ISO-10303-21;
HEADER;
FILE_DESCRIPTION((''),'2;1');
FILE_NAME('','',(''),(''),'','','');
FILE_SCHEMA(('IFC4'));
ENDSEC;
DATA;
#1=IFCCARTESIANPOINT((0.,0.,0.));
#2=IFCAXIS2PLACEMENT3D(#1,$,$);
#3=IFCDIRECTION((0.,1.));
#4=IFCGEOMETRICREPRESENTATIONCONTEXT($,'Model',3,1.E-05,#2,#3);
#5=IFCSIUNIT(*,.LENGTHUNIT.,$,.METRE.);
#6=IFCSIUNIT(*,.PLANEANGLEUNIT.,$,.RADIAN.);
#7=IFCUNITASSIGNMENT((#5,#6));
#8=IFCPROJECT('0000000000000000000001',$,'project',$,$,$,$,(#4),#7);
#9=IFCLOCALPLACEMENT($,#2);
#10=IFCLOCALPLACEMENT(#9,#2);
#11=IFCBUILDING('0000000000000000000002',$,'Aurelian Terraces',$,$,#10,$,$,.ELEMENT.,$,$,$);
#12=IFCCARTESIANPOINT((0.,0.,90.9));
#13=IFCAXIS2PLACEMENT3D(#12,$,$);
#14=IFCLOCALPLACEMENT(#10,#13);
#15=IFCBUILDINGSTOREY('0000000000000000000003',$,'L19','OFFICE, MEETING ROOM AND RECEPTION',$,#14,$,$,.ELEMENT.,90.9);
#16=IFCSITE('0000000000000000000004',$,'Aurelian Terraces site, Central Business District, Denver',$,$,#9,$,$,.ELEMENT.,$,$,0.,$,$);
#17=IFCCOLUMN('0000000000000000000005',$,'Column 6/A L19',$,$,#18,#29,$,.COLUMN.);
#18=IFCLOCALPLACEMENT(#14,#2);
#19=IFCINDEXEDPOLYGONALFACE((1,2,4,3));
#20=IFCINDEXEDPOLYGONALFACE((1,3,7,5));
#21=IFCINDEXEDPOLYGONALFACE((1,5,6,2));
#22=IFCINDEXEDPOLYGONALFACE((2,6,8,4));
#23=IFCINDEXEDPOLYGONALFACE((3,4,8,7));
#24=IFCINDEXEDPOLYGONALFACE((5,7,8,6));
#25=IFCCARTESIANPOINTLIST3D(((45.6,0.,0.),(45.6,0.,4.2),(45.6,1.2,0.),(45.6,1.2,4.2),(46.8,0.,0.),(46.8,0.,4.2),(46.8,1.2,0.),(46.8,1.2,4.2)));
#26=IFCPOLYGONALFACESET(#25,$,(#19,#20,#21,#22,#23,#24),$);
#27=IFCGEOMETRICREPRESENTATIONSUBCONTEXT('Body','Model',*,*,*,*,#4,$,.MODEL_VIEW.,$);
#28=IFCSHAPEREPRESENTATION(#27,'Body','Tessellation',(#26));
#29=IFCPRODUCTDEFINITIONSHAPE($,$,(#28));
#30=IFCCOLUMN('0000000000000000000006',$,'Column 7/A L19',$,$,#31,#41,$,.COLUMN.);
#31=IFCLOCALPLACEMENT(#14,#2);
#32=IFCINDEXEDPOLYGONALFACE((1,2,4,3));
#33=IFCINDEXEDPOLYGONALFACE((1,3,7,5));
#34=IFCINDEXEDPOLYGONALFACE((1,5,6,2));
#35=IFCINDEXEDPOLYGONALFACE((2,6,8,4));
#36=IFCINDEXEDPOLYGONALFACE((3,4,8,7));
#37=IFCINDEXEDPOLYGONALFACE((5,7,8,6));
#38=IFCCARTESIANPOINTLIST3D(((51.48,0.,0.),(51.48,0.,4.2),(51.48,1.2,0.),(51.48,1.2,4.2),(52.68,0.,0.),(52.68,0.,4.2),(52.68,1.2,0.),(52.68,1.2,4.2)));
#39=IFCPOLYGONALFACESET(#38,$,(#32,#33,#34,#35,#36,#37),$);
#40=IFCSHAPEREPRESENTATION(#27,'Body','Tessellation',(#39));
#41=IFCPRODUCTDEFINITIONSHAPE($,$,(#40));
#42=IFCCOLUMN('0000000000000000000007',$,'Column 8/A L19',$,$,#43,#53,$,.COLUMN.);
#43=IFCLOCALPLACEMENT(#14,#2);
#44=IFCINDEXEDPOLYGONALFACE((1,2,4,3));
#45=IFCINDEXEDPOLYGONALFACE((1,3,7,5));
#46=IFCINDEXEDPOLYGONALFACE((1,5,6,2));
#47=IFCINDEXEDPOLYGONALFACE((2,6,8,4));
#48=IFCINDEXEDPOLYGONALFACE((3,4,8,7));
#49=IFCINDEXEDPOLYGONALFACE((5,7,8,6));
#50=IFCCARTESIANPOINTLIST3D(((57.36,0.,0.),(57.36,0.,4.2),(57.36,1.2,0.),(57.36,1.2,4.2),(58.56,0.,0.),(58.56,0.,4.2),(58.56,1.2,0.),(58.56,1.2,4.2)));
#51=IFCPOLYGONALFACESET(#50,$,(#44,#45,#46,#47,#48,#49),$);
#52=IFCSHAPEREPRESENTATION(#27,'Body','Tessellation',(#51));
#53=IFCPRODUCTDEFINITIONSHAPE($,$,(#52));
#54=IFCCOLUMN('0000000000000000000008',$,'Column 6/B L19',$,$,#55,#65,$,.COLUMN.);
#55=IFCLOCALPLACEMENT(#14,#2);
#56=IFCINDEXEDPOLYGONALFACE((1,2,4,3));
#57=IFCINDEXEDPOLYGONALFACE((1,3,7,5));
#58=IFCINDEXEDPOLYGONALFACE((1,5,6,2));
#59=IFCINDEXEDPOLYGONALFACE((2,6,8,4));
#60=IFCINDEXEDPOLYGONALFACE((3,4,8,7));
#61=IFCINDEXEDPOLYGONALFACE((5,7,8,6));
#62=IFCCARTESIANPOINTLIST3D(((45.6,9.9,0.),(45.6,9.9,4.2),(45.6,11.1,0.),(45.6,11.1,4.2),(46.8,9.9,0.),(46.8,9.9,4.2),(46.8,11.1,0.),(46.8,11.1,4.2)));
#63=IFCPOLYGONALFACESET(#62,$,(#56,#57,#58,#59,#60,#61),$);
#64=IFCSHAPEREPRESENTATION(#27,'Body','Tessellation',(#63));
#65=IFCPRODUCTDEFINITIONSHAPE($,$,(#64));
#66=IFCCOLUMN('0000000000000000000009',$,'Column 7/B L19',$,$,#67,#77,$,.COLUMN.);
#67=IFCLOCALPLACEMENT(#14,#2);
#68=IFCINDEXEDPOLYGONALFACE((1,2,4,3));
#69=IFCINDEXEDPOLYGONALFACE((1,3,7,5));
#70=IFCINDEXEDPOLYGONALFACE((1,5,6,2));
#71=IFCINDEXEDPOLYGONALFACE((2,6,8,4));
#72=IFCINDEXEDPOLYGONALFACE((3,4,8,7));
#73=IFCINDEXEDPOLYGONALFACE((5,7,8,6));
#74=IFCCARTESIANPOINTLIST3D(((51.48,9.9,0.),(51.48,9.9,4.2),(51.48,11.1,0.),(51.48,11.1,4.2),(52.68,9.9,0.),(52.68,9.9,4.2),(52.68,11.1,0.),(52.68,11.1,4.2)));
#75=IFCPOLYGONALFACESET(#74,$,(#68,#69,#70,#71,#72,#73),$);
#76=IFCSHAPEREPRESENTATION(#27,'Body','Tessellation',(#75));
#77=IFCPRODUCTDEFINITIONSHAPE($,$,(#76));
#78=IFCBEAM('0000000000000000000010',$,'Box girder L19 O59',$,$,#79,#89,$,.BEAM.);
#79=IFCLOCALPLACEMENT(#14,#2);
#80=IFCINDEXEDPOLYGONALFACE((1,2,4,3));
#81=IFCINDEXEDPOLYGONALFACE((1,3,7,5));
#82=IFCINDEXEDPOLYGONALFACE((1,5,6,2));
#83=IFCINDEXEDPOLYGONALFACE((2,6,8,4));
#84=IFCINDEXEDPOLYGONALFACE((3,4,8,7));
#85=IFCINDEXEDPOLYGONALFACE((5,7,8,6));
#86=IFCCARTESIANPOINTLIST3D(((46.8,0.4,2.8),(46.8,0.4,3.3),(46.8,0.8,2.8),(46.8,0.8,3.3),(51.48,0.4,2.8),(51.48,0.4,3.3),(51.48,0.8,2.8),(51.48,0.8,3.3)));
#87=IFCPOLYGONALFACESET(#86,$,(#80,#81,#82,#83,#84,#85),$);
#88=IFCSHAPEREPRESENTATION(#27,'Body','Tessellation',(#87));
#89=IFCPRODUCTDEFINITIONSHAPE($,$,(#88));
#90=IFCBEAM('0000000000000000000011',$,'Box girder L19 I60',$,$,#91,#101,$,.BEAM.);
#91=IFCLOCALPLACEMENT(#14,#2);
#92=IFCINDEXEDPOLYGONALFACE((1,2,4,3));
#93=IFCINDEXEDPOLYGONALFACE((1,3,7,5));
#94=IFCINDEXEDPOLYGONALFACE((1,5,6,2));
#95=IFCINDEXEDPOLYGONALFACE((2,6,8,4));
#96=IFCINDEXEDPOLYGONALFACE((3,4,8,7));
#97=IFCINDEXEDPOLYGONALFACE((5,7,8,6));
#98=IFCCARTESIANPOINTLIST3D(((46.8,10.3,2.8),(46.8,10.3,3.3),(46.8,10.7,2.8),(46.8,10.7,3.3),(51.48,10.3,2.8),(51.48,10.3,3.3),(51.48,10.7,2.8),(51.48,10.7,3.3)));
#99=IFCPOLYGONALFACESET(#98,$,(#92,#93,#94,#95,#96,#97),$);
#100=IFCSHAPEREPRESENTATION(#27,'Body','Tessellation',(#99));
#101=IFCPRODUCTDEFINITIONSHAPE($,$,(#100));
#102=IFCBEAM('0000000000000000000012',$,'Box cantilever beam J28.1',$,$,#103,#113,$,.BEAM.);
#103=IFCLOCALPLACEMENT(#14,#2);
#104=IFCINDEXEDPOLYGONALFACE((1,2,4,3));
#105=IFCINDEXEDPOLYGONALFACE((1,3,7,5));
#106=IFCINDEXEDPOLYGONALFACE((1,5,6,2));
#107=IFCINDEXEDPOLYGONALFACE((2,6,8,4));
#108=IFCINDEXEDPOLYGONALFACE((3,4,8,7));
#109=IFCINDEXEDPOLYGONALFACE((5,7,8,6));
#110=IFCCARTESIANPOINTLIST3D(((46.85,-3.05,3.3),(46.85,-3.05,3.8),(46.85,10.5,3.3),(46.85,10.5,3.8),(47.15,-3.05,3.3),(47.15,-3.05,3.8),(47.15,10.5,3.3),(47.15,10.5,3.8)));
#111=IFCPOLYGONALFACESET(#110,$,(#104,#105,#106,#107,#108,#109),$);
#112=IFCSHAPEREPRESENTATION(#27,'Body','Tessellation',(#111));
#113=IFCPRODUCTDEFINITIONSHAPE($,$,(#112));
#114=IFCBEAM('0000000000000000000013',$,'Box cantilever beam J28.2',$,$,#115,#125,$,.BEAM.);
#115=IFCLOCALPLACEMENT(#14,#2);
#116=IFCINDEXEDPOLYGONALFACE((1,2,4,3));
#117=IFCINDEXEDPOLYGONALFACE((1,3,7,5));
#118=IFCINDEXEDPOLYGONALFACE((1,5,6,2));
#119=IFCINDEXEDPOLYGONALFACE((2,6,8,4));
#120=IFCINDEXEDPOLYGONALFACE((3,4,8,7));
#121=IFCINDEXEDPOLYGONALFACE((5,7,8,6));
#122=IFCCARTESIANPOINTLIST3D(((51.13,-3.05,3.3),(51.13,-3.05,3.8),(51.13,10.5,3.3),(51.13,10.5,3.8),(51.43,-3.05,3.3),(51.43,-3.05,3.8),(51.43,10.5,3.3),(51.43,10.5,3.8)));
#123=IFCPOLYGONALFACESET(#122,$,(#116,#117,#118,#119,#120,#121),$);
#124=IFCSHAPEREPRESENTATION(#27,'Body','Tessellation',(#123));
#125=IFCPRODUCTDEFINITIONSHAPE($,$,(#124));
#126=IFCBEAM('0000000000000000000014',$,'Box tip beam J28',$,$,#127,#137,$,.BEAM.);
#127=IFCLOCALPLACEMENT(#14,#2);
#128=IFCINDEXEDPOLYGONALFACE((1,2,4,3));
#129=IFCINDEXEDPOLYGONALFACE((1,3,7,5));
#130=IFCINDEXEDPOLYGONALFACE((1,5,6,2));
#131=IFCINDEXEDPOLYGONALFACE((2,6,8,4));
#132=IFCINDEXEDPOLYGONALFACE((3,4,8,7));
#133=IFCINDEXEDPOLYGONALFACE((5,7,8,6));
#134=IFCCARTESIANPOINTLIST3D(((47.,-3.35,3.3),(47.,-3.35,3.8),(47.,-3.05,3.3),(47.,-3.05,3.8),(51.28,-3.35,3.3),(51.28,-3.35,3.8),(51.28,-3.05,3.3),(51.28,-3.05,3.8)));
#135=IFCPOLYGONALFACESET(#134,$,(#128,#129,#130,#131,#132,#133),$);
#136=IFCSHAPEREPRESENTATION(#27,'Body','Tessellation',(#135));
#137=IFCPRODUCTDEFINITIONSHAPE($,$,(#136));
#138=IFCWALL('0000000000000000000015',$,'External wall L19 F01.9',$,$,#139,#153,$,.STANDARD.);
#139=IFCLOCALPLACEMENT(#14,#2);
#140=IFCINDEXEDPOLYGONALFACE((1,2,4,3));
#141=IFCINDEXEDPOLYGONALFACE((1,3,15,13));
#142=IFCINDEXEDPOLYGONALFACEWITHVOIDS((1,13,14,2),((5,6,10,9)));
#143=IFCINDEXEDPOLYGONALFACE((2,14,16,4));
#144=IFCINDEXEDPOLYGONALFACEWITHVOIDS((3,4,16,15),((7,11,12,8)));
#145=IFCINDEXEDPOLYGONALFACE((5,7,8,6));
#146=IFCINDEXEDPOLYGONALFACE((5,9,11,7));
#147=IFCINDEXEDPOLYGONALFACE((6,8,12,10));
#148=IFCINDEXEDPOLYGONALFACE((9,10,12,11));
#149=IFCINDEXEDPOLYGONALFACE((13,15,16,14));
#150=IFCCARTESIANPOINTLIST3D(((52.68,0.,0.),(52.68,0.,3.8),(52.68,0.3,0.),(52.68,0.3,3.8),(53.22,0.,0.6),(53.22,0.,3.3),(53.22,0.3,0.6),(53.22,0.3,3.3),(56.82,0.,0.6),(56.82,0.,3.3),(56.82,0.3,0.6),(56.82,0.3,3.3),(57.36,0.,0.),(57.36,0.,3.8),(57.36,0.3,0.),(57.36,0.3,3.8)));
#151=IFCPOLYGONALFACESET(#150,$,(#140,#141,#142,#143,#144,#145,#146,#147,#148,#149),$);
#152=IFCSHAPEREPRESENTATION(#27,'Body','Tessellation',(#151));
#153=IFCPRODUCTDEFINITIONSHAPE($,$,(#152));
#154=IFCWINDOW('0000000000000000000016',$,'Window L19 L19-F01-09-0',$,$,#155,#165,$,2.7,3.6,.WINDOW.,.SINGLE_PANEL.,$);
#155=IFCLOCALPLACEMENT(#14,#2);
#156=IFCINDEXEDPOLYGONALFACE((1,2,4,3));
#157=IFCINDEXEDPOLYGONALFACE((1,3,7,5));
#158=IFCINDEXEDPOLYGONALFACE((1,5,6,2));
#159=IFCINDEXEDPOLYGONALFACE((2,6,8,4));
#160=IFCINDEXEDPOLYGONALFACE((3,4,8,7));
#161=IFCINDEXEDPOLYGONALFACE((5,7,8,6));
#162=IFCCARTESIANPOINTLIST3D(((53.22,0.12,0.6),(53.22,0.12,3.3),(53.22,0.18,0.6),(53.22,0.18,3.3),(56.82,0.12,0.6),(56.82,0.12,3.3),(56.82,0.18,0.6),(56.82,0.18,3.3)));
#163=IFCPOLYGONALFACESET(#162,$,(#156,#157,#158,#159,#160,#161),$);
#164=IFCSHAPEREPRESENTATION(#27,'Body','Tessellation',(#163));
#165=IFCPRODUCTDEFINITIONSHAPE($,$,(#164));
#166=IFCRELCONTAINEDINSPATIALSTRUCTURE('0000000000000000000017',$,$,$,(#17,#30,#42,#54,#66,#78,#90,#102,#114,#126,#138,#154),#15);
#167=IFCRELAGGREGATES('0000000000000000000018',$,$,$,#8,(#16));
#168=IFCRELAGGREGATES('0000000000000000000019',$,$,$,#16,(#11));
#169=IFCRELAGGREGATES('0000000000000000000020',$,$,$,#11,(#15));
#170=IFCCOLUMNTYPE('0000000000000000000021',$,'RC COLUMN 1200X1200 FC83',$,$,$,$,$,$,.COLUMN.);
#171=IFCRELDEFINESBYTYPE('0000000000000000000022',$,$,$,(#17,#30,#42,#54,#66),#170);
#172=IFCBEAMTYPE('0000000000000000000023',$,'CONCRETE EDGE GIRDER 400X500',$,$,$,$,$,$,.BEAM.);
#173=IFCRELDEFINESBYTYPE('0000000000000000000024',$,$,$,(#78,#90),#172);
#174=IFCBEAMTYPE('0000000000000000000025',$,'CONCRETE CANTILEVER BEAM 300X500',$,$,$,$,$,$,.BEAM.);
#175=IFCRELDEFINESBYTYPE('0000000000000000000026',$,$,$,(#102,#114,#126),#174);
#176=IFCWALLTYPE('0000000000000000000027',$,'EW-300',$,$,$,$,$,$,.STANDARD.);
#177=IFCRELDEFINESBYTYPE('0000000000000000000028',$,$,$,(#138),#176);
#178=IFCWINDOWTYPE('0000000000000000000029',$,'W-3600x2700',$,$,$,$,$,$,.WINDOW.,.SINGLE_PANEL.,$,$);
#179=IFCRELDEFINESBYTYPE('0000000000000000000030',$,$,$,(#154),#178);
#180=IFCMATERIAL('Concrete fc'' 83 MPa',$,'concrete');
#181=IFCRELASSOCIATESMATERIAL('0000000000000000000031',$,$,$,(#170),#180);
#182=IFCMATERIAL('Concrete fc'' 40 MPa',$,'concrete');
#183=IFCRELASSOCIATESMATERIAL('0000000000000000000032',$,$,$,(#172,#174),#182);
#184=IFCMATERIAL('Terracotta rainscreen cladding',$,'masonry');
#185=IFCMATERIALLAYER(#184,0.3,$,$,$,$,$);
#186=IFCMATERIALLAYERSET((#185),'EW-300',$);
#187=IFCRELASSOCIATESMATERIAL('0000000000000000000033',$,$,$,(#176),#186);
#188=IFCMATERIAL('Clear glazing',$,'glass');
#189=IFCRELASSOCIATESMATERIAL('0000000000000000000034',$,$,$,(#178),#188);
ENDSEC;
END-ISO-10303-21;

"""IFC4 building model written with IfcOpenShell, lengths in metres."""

from ifc_helpers import new_model, si_unit, direction, frame, frame_2d, origin, origin_2d, place, context, subcontext, project, spatial, rectangle, extrude, source, transform, mapped, material, layer, layer_set, material_profile, profile_set, type_object, element, fill, save


model = new_model("IFC4")

# Units and contexts
model_context = context("Model", 3, precision=1e-05, world=origin(), true_north=direction((0.0, 1.0)))
body_context = subcontext(model_context, "Body", "Model", "MODEL_VIEW")
ifc_project = project(units=[si_unit("LENGTHUNIT", "METRE"), si_unit("PLANEANGLEUNIT", "RADIAN")], contexts=[model_context])

# Site, building, storey
site_placement = place(None, origin())
site = spatial("IfcSite", under=ifc_project, at=site_placement, Name="Aurelian Terraces site, Central Business District, Denver", CompositionType="ELEMENT", RefElevation=0.0)
building_placement = place(site_placement, origin())
building = spatial("IfcBuilding", under=site, at=building_placement, Name="Aurelian Terraces", CompositionType="ELEMENT")
storey_placement = place(building_placement, frame((0.0, 0.0, 90.9)))
storey = spatial("IfcBuildingStorey", under=building, at=storey_placement, Name="L19", Description="OFFICE, MEETING ROOM AND RECEPTION", CompositionType="ELEMENT", Elevation=90.9)

# Columns
ifc_material_1 = material(Name="Concrete fc' 83 MPa", Category="concrete")
ifc_material_profile_1 = material_profile(ifc_material_1, rectangle(XDim=1.2, YDim=1.2, at=origin_2d()))
ifc_profile_set_1 = profile_set([ifc_material_profile_1], Name="Concrete fc' 83 MPa")
column_type = type_object("IfcColumnType", Name="RC COLUMN 1200X1200 FC83", PredefinedType="COLUMN", material=ifc_profile_set_1)
shared_shape_1 = source(origin(), body_context, "Body", "SweptSolid", [
    extrude(rectangle(XDim=1.2, YDim=1.2, at=origin_2d()), origin(), (0.0, 0.0, 1.0), 4.2),
])
for number, where, z_axis, x_axis, name in (
    (1, (46.2, 0.6, 0.0), (0.0, 0.0, 1.0), (1.0, 0.0, 0.0), "Column 6/A L19"),
    (2, (52.08, 0.6, 0.0), (0.0, 0.0, 1.0), (1.0, 0.0, 0.0), "Column 7/A L19"),
    (3, (57.96, 0.6, 0.0), (0.0, 0.0, 1.0), (1.0, 0.0, 0.0), "Column 8/A L19"),
    (4, (46.2, 10.5, 0.0), (0.0, 0.0, 1.0), (1.0, 0.0, 0.0), "Column 6/B L19"),
    (5, (52.08, 10.5, 0.0), (0.0, 0.0, 1.0), (1.0, 0.0, 0.0), "Column 7/B L19"),
):
    element("IfcColumn", number, at=place(storey_placement, frame(where, z_axis=z_axis, x_axis=x_axis)), inside=storey, type_object=column_type, Name=name, PredefinedType="COLUMN", context=body_context, shape_type="MappedRepresentation", body=[
        mapped(shared_shape_1, transform((0.0, 0.0, 0.0), scale=1.0)),
    ])

# Beams
ifc_material_2 = material(Name="Concrete fc' 40 MPa", Category="concrete")
ifc_material_profile_2 = material_profile(ifc_material_2, rectangle(XDim=0.4, YDim=0.5, at=origin_2d()))
ifc_profile_set_2 = profile_set([ifc_material_profile_2], Name="Concrete fc' 40 MPa")
beam_type_1 = type_object("IfcBeamType", Name="CONCRETE EDGE GIRDER 400X500", PredefinedType="BEAM", material=ifc_profile_set_2)
shared_shape_2 = source(origin(), body_context, "Body", "SweptSolid", [
    extrude(rectangle(XDim=0.4, YDim=0.5, at=origin_2d()), origin(), (0.0, 0.0, 1.0), 4.68),
])
for number, where, z_axis, x_axis, name in (
    (6, (46.8, 0.6, 3.05), (1.0, 0.0, 0.0), (0.0, 1.0, 0.0), "Box girder L19 O59"),
    (7, (46.8, 10.5, 3.05), (1.0, 0.0, 0.0), (0.0, 1.0, 0.0), "Box girder L19 I60"),
):
    element("IfcBeam", number, at=place(storey_placement, frame(where, z_axis=z_axis, x_axis=x_axis)), inside=storey, type_object=beam_type_1, Name=name, PredefinedType="BEAM", context=body_context, shape_type="MappedRepresentation", body=[
        mapped(shared_shape_2, transform((0.0, 0.0, 0.0), scale=1.0)),
    ])
ifc_material_profile_3 = material_profile(ifc_material_2, rectangle(XDim=0.3, YDim=0.5, at=origin_2d()))
ifc_profile_set_3 = profile_set([ifc_material_profile_3], Name="Concrete fc' 40 MPa")
beam_type_2 = type_object("IfcBeamType", Name="CONCRETE CANTILEVER BEAM 300X500", PredefinedType="BEAM", material=ifc_profile_set_3)
shared_shape_3 = source(origin(), body_context, "Body", "SweptSolid", [
    extrude(rectangle(XDim=0.3, YDim=0.5, at=origin_2d()), origin(), (0.0, 0.0, 1.0), 13.55),
])
for number, where, z_axis, x_axis, name in (
    (8, (47.0, -3.05, 3.55), (0.0, 1.0, 0.0), (-1.0, 0.0, 0.0), "Box cantilever beam J28.1"),
    (9, (51.28, -3.05, 3.55), (0.0, 1.0, 0.0), (-1.0, 0.0, 0.0), "Box cantilever beam J28.2"),
):
    element("IfcBeam", number, at=place(storey_placement, frame(where, z_axis=z_axis, x_axis=x_axis)), inside=storey, type_object=beam_type_2, Name=name, PredefinedType="BEAM", context=body_context, shape_type="MappedRepresentation", body=[
        mapped(shared_shape_3, transform((0.0, 0.0, 0.0), scale=1.0)),
    ])
shared_shape_4 = source(origin(), body_context, "Body", "SweptSolid", [
    extrude(rectangle(XDim=0.3, YDim=0.5, at=origin_2d()), origin(), (0.0, 0.0, 1.0), 4.28),
])
beam_placement = place(storey_placement, frame((47.0, -3.2, 3.55), z_axis=(1.0, 0.0, 0.0), x_axis=(0.0, 1.0, 0.0)))
element("IfcBeam", 10, at=beam_placement, inside=storey, type_object=beam_type_2, Name="Box tip beam J28", PredefinedType="BEAM", context=body_context, shape_type="MappedRepresentation", body=[
    mapped(shared_shape_4, transform((0.0, 0.0, 0.0), scale=1.0)),
])

# Wall, opening, window
ifc_material_3 = material(Name="Terracotta rainscreen cladding", Category="masonry")
ifc_layer_1 = layer(ifc_material_3, 0.3)
ifc_layer_set_1 = layer_set([ifc_layer_1], Name="EW-300")
wall_type_1 = type_object("IfcWallType", Name="EW-300", PredefinedType="STANDARD", material=ifc_layer_set_1)
shared_shape_5 = source(origin(), body_context, "Body", "SweptSolid", [
    extrude(rectangle(XDim=4.68, YDim=0.3, at=frame_2d((2.34, 0.0))), origin(), (0.0, 0.0, 1.0), 3.8),
])
wall_1_placement = place(storey_placement, frame((52.68, 0.15, 0.0), z_axis=(0.0, 0.0, 1.0), x_axis=(1.0, 0.0, 0.0)))
wall_1 = element("IfcWall", 11, at=wall_1_placement, inside=storey, type_object=wall_type_1, Name="External wall L19 F01.9", PredefinedType="STANDARD", context=body_context, shape_type="MappedRepresentation", body=[
    mapped(shared_shape_5, transform((0.0, 0.0, 0.0), scale=1.0)),
])
shared_shape_6 = source(origin(), body_context, "Body", "SweptSolid", [
    extrude(rectangle(XDim=3.6, YDim=2.7, at=frame_2d((1.8, 1.35))), frame((0.0, 0.16, 0.0), z_axis=(0.0, -1.0, 0.0), x_axis=(1.0, 0.0, 0.0)), (0.0, 0.0, 1.0), 0.32),
])
opening_1_placement = place(wall_1_placement, frame((0.54, 0.0, 0.6)))
opening_1 = element("IfcOpeningElement", 12, at=opening_1_placement, cuts=wall_1, PredefinedType="OPENING", context=body_context, shape_type="MappedRepresentation", body=[
    mapped(shared_shape_6, transform((0.0, 0.0, 0.0), scale=1.0)),
])
ifc_material_4 = material(Name="Clear glazing", Category="glass")
window_type_1 = type_object("IfcWindowType", Name="W-3600x2700", PartitioningType="SINGLE_PANEL", PredefinedType="WINDOW", material=ifc_material_4)
shared_shape_7 = source(origin(), body_context, "Body", "SweptSolid", [
    extrude(rectangle(XDim=3.6, YDim=2.7, at=frame_2d((1.8, 1.35))), frame((0.0, 0.03, 0.0), z_axis=(0.0, -1.0, 0.0), x_axis=(1.0, 0.0, 0.0)), (0.0, 0.0, 1.0), 0.06),
])
window_1_placement = place(opening_1_placement, origin())
window_1 = element("IfcWindow", 13, at=window_1_placement, inside=storey, type_object=window_type_1, Name="Window L19 L19-F01-09-0", OverallHeight=2.7, OverallWidth=3.6, PartitioningType="SINGLE_PANEL", PredefinedType="WINDOW", context=body_context, shape_type="MappedRepresentation", body=[
    mapped(shared_shape_7, transform((0.0, 0.0, 0.0), scale=1.0)),
])
fill(opening_1, window_1)

save(model, "model.ifc")
